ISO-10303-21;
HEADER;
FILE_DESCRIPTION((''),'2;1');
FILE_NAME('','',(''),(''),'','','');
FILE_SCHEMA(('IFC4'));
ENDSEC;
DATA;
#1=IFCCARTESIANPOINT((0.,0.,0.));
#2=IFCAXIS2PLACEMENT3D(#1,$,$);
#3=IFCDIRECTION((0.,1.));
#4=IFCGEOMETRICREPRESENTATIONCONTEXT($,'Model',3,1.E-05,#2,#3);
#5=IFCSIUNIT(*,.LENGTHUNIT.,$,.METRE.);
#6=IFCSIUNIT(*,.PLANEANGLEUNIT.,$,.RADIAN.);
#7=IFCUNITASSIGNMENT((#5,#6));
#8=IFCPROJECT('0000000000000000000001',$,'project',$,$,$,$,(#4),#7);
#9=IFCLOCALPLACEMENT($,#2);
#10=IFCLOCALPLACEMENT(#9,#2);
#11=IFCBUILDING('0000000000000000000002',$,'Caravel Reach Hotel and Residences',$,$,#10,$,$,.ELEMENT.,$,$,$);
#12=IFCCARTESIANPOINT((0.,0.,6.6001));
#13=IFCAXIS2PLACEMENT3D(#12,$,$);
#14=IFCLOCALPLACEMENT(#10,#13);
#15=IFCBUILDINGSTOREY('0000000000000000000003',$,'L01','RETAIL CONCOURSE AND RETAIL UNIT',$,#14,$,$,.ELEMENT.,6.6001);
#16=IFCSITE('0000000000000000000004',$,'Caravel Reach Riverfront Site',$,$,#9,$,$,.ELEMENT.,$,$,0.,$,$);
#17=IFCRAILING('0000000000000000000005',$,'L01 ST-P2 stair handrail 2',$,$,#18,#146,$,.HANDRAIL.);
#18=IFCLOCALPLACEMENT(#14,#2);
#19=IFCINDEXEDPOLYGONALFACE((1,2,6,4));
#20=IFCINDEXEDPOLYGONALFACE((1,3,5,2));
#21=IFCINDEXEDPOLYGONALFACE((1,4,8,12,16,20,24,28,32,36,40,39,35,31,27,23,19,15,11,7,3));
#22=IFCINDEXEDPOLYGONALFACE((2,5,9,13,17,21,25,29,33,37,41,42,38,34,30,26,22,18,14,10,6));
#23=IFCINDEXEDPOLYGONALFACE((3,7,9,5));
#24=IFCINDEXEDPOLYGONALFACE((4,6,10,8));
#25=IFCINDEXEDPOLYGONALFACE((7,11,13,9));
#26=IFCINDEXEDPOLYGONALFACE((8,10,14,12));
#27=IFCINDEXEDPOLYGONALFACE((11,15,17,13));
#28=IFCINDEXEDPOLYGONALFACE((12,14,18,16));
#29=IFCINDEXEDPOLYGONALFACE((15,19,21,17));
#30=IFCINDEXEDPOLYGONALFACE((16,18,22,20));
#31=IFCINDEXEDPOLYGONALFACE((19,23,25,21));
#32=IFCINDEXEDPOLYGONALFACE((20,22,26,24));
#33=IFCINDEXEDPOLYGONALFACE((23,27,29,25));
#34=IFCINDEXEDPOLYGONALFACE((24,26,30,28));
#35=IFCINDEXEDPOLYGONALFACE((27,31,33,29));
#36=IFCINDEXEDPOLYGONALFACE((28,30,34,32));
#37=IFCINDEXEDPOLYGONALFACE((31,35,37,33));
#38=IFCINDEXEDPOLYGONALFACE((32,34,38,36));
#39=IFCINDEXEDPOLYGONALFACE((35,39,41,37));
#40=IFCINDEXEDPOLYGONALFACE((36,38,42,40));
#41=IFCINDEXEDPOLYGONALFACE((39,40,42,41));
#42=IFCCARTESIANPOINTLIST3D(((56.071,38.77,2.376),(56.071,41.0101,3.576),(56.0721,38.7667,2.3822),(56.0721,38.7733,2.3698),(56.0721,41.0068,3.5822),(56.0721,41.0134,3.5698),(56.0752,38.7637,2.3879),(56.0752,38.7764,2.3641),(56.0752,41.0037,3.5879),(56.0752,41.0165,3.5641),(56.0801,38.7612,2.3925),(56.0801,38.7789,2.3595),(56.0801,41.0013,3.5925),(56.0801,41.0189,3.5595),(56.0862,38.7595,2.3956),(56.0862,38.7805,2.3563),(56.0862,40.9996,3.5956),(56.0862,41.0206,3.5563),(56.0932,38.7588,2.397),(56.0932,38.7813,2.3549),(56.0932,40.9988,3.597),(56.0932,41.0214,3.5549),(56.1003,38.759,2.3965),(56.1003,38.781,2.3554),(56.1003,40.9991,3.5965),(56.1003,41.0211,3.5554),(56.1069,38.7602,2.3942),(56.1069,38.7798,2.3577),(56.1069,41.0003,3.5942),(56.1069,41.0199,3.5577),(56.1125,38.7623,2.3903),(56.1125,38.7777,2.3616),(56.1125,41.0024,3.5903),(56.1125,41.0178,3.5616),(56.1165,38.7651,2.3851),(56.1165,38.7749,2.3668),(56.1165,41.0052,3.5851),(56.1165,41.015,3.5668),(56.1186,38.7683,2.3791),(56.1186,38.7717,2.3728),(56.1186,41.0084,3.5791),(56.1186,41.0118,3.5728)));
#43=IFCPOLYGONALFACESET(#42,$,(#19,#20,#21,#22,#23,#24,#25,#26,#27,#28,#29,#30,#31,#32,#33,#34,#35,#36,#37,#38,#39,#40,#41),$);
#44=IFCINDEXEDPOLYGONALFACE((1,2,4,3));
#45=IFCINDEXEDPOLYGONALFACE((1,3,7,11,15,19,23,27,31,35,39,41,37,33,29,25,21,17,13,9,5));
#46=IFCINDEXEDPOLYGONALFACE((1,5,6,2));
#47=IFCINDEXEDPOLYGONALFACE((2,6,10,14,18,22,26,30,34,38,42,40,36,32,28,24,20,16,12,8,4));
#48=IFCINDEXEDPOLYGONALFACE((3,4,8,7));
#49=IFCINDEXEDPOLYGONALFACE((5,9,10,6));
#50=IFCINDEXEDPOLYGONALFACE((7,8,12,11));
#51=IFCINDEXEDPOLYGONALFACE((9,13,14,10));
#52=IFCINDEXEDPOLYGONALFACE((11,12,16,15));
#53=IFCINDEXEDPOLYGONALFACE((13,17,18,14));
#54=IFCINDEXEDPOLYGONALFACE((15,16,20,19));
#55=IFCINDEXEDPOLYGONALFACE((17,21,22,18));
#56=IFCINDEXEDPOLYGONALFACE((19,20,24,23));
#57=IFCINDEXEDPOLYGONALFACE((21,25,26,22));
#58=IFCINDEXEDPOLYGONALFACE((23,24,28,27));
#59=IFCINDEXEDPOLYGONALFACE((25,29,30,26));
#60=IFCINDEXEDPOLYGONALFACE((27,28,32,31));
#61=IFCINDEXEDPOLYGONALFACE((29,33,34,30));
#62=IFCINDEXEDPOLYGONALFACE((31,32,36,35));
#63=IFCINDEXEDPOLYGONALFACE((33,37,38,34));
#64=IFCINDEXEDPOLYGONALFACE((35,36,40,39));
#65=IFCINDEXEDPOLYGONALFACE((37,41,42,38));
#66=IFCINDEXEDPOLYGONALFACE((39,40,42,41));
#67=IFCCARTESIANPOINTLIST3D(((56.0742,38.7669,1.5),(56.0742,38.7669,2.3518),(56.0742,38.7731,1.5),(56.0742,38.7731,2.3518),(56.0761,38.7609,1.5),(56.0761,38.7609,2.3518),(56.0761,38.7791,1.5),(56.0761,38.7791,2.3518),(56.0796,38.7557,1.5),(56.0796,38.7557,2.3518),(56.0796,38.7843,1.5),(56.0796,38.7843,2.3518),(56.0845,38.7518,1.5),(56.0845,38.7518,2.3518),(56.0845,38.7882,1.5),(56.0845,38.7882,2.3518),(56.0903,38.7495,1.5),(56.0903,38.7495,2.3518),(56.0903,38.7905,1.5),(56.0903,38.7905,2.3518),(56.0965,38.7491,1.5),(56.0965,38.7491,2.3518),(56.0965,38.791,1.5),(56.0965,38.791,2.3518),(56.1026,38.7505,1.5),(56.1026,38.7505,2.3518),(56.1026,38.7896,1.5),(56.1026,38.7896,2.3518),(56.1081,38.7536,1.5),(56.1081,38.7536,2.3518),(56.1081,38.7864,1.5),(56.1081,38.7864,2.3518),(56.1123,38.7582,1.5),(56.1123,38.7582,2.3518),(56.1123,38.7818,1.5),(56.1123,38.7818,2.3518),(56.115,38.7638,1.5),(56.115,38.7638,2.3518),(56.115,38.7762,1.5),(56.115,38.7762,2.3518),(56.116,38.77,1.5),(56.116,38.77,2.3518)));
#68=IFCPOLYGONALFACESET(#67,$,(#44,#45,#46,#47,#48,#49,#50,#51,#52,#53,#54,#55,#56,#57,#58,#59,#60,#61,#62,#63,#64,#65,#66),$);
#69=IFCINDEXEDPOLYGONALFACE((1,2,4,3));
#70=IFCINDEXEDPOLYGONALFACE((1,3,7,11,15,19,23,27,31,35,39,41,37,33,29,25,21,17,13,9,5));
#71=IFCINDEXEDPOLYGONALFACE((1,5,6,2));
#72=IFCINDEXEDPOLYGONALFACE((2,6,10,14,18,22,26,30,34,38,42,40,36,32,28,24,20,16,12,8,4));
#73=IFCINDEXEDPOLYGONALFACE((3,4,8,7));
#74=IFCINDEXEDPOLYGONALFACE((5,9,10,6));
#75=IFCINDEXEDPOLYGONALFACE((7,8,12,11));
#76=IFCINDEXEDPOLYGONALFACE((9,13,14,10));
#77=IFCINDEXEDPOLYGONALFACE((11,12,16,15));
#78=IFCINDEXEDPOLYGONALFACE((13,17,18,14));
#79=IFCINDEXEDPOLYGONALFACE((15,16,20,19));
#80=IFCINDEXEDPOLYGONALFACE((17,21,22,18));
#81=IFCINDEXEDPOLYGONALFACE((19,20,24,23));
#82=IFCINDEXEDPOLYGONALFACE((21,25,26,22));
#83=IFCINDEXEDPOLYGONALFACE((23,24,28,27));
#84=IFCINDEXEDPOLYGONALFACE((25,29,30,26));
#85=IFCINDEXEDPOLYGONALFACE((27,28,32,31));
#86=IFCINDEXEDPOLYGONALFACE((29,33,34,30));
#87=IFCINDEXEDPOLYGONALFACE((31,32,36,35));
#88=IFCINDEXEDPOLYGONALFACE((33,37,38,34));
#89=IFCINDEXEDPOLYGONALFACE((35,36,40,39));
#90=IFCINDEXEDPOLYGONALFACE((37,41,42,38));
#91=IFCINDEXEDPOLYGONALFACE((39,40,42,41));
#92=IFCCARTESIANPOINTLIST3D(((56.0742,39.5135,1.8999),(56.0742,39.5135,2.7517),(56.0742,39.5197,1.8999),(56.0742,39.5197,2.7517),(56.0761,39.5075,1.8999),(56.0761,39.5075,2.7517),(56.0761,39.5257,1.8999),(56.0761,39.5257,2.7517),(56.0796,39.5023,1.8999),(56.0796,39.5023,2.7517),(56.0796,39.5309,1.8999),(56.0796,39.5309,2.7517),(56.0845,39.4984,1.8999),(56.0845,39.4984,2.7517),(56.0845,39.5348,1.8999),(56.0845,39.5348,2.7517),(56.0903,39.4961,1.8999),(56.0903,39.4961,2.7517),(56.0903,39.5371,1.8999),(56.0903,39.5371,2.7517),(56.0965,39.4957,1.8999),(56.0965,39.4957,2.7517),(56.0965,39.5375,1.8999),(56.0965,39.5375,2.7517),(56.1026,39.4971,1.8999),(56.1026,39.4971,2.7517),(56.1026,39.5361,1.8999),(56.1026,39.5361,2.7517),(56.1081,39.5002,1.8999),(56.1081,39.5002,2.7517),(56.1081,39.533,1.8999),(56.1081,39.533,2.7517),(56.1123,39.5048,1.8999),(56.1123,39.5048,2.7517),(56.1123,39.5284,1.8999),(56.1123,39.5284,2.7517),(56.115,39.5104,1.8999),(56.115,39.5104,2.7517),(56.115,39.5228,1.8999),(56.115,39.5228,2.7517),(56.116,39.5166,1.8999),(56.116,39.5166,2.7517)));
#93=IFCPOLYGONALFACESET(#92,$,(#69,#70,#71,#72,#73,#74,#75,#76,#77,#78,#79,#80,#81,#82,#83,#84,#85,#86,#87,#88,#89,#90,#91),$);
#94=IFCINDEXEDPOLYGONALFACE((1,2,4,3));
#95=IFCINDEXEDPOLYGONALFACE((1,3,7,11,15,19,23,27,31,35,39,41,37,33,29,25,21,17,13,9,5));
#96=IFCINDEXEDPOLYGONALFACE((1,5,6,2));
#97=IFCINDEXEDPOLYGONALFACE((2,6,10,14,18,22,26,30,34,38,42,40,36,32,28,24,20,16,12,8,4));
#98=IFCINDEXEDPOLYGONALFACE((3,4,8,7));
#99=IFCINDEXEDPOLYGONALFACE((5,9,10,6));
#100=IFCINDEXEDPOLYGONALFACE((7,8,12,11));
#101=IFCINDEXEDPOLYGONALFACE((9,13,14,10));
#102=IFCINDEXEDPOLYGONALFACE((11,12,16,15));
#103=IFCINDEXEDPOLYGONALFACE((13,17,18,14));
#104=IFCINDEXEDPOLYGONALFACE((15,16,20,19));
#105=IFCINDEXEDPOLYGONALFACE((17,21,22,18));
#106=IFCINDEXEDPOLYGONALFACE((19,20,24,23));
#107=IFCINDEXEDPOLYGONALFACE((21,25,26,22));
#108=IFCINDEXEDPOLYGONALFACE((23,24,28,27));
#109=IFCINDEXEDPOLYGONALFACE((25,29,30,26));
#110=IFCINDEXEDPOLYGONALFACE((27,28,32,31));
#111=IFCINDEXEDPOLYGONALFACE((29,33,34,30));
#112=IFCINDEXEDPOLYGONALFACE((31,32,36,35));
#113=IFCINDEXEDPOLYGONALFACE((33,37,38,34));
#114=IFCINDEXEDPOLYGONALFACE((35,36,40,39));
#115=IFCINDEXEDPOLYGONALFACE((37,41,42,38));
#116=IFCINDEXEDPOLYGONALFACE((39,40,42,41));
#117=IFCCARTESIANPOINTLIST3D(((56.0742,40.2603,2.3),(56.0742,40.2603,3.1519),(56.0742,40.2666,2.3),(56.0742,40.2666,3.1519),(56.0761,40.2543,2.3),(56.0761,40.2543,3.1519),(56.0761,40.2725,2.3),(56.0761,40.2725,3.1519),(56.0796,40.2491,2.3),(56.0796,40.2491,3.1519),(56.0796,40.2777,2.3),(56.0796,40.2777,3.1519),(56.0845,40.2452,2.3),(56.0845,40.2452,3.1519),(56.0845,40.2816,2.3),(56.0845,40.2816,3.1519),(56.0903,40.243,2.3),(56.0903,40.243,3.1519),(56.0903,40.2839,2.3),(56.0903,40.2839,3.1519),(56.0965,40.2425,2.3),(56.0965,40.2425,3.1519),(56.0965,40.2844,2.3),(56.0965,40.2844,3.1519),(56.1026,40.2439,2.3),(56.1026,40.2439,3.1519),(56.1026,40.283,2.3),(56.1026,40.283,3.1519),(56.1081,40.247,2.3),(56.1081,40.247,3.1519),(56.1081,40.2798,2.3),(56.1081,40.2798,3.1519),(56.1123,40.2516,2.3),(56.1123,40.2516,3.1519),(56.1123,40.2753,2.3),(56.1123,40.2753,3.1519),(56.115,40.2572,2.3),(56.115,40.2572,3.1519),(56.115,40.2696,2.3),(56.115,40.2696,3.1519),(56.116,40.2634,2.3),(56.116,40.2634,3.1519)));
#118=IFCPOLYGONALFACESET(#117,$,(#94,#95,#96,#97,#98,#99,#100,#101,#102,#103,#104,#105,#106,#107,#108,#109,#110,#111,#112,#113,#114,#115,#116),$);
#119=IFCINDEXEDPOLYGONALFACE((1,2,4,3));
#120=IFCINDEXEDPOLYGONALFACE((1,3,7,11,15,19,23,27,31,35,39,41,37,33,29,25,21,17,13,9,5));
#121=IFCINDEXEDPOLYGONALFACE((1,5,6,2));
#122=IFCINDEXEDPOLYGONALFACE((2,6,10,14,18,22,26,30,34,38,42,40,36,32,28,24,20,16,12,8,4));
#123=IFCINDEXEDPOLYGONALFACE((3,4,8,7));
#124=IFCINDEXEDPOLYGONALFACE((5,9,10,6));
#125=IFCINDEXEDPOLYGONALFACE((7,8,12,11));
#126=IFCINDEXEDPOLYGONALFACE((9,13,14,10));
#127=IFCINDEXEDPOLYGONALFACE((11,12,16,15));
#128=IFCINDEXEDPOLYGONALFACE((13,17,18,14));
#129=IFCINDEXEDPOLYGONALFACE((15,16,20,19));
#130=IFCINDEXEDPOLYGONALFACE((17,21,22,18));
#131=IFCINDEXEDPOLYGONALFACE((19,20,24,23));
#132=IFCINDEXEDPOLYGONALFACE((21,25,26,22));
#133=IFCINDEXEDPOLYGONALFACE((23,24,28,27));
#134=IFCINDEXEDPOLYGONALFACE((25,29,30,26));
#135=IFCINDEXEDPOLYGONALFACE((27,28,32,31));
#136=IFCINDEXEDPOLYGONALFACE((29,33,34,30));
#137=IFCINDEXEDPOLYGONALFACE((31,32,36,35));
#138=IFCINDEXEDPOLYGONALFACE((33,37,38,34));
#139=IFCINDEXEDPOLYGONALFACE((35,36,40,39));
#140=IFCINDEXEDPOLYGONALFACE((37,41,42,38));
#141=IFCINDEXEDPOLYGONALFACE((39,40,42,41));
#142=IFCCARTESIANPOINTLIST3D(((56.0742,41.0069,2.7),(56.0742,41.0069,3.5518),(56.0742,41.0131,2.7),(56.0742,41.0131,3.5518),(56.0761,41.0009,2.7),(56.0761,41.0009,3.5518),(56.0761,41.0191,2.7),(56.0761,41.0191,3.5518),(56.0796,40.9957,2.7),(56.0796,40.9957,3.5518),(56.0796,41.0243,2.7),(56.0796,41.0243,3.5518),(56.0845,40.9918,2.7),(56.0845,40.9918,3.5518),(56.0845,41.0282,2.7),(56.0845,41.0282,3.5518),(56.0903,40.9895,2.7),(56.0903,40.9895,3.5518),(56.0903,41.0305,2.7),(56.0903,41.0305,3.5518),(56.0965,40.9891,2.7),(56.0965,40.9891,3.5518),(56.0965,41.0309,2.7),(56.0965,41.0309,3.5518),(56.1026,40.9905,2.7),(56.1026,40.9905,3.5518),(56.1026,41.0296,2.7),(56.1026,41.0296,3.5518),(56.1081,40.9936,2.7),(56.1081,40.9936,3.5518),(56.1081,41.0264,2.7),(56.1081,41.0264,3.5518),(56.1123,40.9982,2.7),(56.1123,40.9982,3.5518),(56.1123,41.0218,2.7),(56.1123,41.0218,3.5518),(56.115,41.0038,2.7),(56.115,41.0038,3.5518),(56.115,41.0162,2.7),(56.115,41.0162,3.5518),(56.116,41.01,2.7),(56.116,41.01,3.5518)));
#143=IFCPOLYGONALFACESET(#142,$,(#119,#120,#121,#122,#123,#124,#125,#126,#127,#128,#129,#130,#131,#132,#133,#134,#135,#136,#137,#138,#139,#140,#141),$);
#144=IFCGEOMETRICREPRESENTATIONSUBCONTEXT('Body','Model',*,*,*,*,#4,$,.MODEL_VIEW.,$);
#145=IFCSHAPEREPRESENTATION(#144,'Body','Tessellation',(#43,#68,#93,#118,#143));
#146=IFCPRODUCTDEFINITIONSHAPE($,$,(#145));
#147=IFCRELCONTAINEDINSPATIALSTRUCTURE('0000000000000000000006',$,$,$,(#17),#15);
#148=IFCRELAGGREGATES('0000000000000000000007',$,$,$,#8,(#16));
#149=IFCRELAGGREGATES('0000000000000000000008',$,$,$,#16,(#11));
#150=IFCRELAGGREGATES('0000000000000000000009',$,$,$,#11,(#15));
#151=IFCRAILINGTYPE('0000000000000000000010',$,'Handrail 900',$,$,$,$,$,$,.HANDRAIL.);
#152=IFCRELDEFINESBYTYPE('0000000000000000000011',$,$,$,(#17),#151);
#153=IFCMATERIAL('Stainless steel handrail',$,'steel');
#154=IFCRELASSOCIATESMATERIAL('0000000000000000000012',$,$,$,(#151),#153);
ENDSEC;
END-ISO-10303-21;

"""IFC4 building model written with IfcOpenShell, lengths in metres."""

from ifc_helpers import new_model, si_unit, direction, frame, origin, origin_2d, place, context, subcontext, project, spatial, circle, extrude, material, type_object, element, save


model = new_model("IFC4")

# Units and contexts
model_context = context("Model", 3, precision=1e-05, world=origin(), true_north=direction((0.0, 1.0)))
body_context = subcontext(model_context, "Body", "Model", "MODEL_VIEW")
ifc_project = project(units=[si_unit("LENGTHUNIT", "METRE"), si_unit("PLANEANGLEUNIT", "RADIAN")], contexts=[model_context])

# Site, building, storey
site_placement = place(None, origin())
site = spatial("IfcSite", under=ifc_project, at=site_placement, Name="Caravel Reach Riverfront Site", CompositionType="ELEMENT", RefElevation=0.0)
building_placement = place(site_placement, origin())
building = spatial("IfcBuilding", under=site, at=building_placement, Name="Caravel Reach Hotel and Residences", CompositionType="ELEMENT")
storey_placement = place(building_placement, frame((0.0, 0.0, 6.6001)))
storey = spatial("IfcBuildingStorey", under=building, at=storey_placement, Name="L01", Description="RETAIL CONCOURSE AND RETAIL UNIT", CompositionType="ELEMENT", Elevation=6.6001)

# Railing
ifc_material_1 = material(Name="Stainless steel handrail", Category="steel")
railing_type = type_object("IfcRailingType", Name="Handrail 900", PredefinedType="HANDRAIL", material=ifc_material_1)
for number, where, name in (
    (1, (56.095, 38.77, 1.5), "L01 ST-P2 stair handrail 2"),
):
    element("IfcRailing", number, at=place(storey_placement, frame(where)), inside=storey, type_object=railing_type, Name=name, PredefinedType="HANDRAIL", context=body_context, shape_type="SweptSolid", body=[
        extrude(circle(Radius=0.0239, at=origin_2d()), frame((0.0, 0.0, 0.876), z_axis=(0.0, 0.881487, 0.472208), x_axis=(-1.0, 0.0, 0.0)), (0.0, 0.0, 1.0), 2.5413),
        extrude(circle(Radius=0.021, at=origin_2d()), origin(), (0.0, 0.0, 1.0), 0.8518),
        extrude(circle(Radius=0.021, at=origin_2d()), frame((0.0, 0.7466, 0.3999)), (0.0, 0.0, 1.0), 0.8518),
        extrude(circle(Radius=0.021, at=origin_2d()), frame((0.0, 1.4934, 0.8)), (0.0, 0.0, 1.0), 0.8518),
        extrude(circle(Radius=0.021, at=origin_2d()), frame((0.0, 2.24, 1.2)), (0.0, 0.0, 1.0), 0.8518),
    ])

save(model, "model.ifc")
